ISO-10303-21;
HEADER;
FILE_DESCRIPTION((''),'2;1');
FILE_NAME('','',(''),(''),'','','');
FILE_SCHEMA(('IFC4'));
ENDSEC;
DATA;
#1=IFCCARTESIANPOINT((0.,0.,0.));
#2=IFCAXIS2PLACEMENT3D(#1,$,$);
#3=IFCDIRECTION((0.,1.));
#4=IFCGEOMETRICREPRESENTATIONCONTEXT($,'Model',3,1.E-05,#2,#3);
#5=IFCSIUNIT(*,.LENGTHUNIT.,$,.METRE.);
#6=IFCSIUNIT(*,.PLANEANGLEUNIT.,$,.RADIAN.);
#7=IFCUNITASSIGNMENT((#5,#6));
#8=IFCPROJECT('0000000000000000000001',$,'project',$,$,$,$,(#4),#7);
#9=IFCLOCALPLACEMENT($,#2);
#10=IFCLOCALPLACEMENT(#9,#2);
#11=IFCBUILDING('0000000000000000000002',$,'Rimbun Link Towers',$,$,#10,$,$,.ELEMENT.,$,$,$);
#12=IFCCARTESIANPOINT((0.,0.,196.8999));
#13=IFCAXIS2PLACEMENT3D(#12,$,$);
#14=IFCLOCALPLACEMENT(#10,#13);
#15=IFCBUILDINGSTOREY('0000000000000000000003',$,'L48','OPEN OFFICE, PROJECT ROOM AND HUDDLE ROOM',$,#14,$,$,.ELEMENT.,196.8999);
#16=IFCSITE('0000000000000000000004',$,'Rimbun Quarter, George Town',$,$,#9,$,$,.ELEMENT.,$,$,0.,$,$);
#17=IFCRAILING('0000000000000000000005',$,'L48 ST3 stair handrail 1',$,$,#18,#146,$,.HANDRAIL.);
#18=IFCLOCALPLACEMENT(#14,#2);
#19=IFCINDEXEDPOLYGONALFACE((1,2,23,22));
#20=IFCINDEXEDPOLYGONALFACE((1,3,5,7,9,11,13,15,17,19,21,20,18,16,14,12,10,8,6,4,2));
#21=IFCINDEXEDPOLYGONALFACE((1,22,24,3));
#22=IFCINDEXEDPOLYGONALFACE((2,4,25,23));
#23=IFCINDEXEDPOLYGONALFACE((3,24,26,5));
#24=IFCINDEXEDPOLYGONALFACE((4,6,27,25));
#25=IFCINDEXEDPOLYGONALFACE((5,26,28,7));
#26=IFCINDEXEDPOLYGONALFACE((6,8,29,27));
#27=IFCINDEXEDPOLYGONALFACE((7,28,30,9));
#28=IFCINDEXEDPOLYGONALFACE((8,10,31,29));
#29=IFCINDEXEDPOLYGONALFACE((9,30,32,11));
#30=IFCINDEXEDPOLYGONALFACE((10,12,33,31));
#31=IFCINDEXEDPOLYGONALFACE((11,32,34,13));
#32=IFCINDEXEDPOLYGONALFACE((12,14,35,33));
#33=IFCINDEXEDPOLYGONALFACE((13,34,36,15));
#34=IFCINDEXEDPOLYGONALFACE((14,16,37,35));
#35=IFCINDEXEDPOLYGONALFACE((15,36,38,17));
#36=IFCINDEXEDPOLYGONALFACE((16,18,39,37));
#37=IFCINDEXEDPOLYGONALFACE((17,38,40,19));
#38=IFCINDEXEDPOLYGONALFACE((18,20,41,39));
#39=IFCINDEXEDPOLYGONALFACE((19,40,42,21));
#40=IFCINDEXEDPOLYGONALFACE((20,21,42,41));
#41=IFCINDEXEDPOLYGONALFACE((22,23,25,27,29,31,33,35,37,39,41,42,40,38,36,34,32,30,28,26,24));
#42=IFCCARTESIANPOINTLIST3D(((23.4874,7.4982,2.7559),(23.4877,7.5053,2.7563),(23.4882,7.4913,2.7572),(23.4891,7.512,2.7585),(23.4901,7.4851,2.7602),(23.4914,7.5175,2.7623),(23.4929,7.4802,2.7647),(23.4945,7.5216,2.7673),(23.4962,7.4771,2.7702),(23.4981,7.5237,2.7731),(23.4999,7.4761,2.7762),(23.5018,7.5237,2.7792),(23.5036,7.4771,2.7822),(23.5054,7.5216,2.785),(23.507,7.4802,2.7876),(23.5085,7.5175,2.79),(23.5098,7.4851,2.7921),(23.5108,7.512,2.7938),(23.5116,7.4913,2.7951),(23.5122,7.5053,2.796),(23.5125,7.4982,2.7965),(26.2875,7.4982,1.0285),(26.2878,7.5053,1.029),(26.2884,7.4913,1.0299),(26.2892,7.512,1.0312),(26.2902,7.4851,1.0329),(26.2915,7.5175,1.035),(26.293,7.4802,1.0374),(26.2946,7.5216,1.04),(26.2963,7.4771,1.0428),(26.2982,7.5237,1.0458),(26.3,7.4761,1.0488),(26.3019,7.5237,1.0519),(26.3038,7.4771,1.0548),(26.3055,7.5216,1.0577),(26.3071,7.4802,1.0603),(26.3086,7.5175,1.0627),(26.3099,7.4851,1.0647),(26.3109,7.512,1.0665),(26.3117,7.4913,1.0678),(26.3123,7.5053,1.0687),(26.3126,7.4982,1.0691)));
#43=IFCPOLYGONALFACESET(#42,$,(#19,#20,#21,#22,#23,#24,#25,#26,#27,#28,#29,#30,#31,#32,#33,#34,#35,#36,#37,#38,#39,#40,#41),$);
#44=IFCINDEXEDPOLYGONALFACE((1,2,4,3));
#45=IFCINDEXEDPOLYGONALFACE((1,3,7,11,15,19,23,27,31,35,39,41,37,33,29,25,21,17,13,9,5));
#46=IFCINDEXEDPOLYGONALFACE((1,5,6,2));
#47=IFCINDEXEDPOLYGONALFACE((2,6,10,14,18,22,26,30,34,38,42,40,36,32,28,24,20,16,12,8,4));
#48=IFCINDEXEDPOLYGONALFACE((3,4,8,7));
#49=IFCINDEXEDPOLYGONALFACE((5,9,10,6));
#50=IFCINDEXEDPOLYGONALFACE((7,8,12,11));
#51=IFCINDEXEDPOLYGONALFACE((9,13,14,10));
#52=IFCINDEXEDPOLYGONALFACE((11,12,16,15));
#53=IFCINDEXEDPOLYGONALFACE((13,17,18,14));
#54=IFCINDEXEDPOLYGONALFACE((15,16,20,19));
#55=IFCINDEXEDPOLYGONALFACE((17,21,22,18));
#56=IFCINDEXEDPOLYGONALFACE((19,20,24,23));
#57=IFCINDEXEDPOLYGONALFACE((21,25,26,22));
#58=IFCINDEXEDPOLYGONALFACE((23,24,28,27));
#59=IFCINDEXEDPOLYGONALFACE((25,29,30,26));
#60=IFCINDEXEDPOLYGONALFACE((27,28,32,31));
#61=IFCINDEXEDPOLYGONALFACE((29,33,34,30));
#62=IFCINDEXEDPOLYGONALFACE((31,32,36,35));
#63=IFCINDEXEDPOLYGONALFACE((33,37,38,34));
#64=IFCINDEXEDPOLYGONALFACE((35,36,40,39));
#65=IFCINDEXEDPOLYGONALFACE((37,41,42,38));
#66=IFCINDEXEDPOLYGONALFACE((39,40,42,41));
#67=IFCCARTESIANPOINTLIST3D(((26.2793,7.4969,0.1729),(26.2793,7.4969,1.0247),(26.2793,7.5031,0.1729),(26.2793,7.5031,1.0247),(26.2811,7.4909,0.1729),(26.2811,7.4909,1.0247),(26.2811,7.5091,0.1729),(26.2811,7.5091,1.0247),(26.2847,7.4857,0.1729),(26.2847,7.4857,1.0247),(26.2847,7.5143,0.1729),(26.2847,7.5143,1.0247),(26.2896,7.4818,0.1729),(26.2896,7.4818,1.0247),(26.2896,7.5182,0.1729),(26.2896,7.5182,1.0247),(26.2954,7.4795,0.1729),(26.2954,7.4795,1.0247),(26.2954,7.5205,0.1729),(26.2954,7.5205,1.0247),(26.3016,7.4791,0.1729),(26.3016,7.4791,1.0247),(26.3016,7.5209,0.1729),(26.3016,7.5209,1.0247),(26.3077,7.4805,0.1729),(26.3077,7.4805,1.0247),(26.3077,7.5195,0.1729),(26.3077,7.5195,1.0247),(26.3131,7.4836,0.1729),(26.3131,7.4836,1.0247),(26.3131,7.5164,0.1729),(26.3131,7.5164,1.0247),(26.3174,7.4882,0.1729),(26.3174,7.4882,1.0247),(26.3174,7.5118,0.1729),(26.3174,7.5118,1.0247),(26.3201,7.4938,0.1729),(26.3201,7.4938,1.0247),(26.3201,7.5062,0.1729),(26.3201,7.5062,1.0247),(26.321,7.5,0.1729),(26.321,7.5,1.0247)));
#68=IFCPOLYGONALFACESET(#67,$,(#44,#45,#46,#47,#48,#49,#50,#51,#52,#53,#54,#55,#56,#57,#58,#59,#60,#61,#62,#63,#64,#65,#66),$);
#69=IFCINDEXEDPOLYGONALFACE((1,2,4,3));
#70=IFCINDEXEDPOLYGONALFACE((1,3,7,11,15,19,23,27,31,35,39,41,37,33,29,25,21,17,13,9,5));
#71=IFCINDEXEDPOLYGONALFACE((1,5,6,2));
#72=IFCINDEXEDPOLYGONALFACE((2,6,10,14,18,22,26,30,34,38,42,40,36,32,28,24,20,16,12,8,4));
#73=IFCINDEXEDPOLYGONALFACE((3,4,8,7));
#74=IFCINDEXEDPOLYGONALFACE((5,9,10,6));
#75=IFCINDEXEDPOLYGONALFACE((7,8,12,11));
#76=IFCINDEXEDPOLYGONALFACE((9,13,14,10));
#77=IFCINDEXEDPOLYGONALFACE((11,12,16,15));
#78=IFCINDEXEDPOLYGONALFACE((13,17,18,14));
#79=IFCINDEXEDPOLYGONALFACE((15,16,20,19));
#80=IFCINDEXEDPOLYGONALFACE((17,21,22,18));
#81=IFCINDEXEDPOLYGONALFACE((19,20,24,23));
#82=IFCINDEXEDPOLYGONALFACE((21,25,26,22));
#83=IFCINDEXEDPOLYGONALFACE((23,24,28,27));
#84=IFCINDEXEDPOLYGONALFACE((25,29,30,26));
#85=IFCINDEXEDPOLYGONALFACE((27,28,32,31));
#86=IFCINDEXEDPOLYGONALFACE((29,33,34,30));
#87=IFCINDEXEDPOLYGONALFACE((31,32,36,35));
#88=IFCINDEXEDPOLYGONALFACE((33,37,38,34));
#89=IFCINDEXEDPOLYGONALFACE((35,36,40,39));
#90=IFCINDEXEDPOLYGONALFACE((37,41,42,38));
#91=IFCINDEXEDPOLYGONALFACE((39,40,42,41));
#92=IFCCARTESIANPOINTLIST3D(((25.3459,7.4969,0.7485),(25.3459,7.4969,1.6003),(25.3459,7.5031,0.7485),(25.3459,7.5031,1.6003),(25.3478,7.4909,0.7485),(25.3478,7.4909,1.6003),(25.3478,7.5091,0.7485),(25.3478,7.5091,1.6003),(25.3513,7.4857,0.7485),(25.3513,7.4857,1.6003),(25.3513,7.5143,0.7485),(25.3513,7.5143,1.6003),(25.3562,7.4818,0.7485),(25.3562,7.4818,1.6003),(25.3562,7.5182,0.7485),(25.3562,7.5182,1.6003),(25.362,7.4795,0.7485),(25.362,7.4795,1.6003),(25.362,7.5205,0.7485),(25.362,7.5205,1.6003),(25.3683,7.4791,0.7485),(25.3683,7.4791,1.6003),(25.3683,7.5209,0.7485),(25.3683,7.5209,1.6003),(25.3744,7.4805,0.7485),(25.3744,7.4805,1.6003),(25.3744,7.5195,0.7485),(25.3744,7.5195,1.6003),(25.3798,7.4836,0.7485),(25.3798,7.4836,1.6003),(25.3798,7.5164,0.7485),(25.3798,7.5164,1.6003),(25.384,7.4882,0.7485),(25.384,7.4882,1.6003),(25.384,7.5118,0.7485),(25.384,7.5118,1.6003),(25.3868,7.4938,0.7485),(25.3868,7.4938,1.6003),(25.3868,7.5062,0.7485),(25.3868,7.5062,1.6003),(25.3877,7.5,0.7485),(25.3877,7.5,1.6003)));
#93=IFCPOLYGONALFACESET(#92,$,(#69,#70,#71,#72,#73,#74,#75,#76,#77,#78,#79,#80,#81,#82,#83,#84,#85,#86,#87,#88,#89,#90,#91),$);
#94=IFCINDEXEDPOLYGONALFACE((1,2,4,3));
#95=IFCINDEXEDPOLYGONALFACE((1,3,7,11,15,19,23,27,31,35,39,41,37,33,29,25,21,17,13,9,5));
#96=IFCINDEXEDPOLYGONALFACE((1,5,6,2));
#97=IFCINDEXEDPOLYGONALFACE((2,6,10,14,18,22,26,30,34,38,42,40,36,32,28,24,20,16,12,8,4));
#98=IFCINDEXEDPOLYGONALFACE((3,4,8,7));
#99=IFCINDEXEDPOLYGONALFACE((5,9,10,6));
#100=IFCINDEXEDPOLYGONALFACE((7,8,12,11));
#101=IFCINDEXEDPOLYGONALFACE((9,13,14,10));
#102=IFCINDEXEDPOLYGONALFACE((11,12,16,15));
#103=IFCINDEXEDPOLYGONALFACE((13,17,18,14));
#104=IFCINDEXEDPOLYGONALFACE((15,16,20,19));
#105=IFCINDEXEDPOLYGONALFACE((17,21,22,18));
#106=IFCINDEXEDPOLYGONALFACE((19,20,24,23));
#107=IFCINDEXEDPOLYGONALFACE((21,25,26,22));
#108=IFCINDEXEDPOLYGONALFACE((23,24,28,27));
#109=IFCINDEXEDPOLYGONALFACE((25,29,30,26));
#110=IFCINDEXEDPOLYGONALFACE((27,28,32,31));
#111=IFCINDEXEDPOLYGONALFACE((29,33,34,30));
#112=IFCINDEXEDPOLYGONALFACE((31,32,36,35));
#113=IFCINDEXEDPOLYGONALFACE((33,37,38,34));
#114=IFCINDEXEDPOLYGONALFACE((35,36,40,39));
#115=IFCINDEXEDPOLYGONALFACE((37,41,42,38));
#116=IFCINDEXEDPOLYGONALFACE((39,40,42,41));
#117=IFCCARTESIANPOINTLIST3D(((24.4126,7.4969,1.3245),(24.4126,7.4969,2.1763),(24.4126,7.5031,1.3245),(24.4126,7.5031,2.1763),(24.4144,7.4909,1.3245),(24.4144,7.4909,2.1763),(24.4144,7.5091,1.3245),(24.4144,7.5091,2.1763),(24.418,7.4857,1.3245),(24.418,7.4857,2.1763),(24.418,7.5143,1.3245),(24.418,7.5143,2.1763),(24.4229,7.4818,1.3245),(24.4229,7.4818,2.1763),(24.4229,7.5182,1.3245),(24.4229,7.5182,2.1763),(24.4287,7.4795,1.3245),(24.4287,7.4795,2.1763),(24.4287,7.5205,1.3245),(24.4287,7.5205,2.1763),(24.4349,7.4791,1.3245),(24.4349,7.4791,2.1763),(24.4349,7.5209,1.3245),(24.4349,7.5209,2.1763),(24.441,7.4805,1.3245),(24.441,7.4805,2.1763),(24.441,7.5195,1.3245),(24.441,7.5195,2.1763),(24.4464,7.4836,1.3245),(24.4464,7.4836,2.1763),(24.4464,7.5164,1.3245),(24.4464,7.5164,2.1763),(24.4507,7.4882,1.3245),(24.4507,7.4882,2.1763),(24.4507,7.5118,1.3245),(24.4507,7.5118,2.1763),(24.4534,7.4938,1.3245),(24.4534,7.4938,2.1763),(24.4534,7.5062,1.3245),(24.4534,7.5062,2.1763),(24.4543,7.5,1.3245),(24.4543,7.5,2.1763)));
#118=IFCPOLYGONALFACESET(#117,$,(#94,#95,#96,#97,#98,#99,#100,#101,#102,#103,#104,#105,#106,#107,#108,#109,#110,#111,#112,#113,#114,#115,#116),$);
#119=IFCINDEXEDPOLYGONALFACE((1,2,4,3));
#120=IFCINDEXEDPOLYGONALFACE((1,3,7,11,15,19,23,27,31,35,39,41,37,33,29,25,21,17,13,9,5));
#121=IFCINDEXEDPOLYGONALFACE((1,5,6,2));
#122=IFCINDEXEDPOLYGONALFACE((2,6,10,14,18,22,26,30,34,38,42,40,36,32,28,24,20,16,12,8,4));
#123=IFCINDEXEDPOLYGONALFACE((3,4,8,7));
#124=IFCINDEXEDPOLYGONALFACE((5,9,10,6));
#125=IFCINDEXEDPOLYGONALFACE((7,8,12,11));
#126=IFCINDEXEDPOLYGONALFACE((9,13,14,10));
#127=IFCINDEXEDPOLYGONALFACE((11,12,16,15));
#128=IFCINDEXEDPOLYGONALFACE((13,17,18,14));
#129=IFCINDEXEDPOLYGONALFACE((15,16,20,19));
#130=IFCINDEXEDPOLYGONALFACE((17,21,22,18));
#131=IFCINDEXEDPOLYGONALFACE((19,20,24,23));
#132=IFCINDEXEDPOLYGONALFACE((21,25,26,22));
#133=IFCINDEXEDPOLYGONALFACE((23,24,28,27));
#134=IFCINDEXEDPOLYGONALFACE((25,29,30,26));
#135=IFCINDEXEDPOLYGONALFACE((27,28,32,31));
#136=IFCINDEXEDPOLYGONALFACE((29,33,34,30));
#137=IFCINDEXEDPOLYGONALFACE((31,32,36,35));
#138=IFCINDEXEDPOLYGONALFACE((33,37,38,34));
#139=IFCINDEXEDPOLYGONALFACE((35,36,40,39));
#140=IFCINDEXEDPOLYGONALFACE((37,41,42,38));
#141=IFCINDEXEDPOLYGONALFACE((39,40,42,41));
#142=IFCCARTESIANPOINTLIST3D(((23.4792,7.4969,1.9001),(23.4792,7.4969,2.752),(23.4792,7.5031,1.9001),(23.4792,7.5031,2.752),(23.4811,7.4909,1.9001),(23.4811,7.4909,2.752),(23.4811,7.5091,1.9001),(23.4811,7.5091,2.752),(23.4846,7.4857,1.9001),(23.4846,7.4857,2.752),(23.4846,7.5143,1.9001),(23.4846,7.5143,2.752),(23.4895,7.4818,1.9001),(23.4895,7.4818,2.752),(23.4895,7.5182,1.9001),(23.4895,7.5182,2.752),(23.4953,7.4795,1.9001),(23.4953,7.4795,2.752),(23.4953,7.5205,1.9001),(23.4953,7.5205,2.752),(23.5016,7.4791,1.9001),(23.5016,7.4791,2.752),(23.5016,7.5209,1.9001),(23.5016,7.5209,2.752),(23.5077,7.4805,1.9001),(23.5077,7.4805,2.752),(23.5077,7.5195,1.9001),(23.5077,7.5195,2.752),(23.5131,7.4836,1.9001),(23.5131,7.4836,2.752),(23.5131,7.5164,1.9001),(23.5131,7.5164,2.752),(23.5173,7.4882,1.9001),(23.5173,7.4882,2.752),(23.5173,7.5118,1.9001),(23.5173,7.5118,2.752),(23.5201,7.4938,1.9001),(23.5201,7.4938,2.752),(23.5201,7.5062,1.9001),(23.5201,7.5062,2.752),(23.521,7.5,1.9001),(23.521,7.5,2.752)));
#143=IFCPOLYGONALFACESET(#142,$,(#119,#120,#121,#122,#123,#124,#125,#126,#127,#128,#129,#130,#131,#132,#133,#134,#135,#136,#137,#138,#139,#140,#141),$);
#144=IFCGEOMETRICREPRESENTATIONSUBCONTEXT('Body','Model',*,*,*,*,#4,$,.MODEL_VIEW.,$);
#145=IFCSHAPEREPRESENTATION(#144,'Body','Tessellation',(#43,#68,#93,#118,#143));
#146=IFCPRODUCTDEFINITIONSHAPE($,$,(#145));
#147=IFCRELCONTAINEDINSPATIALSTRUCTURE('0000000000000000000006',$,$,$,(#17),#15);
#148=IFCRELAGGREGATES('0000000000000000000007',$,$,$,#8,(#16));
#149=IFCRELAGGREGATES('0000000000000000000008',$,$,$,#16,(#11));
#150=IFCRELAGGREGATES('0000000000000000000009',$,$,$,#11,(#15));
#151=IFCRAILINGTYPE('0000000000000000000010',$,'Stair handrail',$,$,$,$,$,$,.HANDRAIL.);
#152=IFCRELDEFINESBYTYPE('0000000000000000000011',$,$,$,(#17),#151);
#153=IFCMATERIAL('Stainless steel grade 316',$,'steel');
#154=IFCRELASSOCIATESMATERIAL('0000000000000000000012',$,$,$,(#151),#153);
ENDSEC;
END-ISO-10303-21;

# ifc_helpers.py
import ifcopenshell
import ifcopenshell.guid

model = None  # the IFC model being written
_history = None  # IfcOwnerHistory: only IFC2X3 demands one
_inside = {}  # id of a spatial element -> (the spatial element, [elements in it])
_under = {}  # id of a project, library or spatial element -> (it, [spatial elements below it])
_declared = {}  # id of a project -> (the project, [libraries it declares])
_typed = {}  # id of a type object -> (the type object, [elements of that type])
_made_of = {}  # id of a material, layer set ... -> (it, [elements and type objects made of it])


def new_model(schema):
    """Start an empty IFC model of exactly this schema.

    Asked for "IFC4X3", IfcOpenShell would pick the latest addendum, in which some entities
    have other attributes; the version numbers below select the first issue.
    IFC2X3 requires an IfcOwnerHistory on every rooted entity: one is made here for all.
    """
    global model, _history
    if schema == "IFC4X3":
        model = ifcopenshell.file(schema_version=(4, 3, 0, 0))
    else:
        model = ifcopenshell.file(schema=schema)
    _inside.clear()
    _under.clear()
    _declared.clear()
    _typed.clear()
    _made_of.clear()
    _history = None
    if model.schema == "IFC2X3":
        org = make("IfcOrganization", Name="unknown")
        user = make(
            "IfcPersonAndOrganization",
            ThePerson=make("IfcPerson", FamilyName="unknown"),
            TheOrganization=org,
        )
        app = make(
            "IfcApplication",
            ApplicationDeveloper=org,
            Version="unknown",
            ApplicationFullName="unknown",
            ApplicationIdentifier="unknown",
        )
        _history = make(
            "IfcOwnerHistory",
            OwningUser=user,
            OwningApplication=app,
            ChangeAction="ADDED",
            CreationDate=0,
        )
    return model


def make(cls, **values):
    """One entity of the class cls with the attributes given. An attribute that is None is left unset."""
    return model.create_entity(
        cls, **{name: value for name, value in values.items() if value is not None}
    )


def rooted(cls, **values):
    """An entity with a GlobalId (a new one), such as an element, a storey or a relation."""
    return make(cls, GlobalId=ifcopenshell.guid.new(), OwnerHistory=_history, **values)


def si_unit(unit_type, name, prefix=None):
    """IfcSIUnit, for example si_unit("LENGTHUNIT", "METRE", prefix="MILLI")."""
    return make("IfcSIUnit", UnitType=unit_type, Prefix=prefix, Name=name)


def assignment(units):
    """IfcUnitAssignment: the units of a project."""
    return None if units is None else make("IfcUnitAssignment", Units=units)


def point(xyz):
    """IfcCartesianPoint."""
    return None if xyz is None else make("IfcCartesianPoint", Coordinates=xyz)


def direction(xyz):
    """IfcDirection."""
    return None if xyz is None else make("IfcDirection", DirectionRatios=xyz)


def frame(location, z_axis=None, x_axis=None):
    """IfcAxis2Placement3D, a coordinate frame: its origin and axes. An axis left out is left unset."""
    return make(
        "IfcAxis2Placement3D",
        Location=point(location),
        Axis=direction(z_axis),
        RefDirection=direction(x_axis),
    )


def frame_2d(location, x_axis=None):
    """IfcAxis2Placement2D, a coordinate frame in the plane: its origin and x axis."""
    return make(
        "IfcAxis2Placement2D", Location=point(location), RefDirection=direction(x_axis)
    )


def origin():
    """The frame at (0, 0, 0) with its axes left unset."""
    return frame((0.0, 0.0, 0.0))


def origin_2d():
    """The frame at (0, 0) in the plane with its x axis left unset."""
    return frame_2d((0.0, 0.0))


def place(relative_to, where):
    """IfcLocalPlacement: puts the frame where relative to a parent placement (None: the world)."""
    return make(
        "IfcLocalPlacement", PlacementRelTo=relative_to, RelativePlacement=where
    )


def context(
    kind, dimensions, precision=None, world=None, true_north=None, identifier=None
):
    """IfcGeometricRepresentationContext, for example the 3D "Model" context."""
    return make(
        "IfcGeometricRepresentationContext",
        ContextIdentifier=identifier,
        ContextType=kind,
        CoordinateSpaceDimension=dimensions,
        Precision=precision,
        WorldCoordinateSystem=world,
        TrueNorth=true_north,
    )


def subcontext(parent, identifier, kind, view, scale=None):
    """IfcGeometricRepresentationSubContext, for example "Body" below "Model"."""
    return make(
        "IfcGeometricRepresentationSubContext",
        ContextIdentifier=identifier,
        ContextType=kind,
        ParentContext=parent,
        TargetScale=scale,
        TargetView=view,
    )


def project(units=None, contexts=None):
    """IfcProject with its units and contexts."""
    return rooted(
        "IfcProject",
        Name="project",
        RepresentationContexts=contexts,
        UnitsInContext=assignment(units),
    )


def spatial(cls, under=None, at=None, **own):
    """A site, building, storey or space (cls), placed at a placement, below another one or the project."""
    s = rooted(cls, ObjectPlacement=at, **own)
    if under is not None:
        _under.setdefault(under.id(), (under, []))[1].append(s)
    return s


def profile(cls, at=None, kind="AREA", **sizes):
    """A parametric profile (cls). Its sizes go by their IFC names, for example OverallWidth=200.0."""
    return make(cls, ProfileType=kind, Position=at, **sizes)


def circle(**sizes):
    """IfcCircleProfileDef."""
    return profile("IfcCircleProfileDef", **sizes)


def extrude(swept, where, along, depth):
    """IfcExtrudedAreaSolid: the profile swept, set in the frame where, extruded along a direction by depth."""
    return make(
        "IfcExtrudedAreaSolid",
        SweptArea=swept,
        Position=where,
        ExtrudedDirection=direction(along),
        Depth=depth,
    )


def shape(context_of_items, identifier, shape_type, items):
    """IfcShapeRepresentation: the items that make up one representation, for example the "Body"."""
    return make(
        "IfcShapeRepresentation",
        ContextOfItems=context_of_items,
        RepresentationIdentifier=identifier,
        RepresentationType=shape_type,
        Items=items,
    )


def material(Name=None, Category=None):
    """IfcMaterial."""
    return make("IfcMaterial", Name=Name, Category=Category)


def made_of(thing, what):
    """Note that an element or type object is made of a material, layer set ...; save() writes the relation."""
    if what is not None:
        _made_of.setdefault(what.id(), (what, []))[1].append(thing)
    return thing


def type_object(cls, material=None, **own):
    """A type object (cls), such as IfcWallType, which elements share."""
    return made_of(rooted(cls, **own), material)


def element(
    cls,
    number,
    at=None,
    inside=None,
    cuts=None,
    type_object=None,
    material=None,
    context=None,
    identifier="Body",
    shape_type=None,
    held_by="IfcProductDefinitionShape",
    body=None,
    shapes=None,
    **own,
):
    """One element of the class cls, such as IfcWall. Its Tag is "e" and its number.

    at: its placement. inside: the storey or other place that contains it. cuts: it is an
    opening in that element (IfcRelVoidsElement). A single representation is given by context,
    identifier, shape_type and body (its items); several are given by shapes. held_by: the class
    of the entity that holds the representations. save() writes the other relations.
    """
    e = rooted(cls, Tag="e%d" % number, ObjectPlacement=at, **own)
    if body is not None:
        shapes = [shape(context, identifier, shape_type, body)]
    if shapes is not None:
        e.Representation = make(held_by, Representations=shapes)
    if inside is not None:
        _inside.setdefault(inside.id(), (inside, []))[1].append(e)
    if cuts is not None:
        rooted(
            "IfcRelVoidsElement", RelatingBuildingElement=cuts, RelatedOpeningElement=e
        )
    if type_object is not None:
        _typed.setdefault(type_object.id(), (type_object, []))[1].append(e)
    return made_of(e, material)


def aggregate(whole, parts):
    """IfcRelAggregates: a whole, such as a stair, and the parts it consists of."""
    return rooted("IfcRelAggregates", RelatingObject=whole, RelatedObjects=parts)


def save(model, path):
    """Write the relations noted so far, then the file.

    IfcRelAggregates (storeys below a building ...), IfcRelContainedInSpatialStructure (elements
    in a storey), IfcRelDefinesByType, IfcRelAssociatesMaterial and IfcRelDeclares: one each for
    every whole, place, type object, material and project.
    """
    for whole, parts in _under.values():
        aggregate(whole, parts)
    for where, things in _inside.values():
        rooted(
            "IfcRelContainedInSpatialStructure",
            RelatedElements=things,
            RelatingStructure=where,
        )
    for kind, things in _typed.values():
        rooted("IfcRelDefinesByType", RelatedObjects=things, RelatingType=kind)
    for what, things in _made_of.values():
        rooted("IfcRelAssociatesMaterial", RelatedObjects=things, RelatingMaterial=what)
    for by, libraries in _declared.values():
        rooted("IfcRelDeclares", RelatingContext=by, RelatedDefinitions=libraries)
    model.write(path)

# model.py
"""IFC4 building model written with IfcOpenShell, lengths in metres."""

from ifc_helpers import new_model, si_unit, direction, frame, origin, origin_2d, place, context, subcontext, project, spatial, circle, extrude, material, type_object, element, save


model = new_model("IFC4")

# Units and contexts
model_context = context("Model", 3, precision=1e-05, world=origin(), true_north=direction((0.0, 1.0)))
body_context = subcontext(model_context, "Body", "Model", "MODEL_VIEW")
ifc_project = project(units=[si_unit("LENGTHUNIT", "METRE"), si_unit("PLANEANGLEUNIT", "RADIAN")], contexts=[model_context])

# Site, building, storey
site_placement = place(None, origin())
site = spatial("IfcSite", under=ifc_project, at=site_placement, Name="Rimbun Quarter, George Town", CompositionType="ELEMENT", RefElevation=0.0)
building_placement = place(site_placement, origin())
building = spatial("IfcBuilding", under=site, at=building_placement, Name="Rimbun Link Towers", CompositionType="ELEMENT")
storey_placement = place(building_placement, frame((0.0, 0.0, 196.8999)))
storey = spatial("IfcBuildingStorey", under=building, at=storey_placement, Name="L48", Description="OPEN OFFICE, PROJECT ROOM AND HUDDLE ROOM", CompositionType="ELEMENT", Elevation=196.8999)

# Railing
ifc_material_1 = material(Name="Stainless steel grade 316", Category="steel")
railing_type_1 = type_object("IfcRailingType", Name="Stair handrail", PredefinedType="HANDRAIL", material=ifc_material_1)
railing_1_placement = place(storey_placement, frame((26.3, 7.5, 0.1729)))
element("IfcRailing", 1, at=railing_1_placement, inside=storey, type_object=railing_type_1, Name="L48 ST3 stair handrail 1", PredefinedType="HANDRAIL", context=body_context, shape_type="SweptSolid", body=[
    extrude(circle(Radius=0.0239, at=origin_2d()), frame((0.0, 0.0, 0.876), z_axis=(-0.85109, 0.0, 0.52502), x_axis=(0.0, -1.0, 0.0)), (0.0, 0.0, 1.0), 3.29),
    extrude(circle(Radius=0.021, at=origin_2d()), origin(), (0.0, 0.0, 1.0), 0.8518),
    extrude(circle(Radius=0.021, at=origin_2d()), frame((-0.9333, 0.0, 0.5757)), (0.0, 0.0, 1.0), 0.8518),
    extrude(circle(Radius=0.021, at=origin_2d()), frame((-1.8667, 0.0, 1.1516)), (0.0, 0.0, 1.0), 0.8518),
    extrude(circle(Radius=0.021, at=origin_2d()), frame((-2.8, 0.0, 1.7273)), (0.0, 0.0, 1.0), 0.8518),
])

save(model, "model.ifc")
